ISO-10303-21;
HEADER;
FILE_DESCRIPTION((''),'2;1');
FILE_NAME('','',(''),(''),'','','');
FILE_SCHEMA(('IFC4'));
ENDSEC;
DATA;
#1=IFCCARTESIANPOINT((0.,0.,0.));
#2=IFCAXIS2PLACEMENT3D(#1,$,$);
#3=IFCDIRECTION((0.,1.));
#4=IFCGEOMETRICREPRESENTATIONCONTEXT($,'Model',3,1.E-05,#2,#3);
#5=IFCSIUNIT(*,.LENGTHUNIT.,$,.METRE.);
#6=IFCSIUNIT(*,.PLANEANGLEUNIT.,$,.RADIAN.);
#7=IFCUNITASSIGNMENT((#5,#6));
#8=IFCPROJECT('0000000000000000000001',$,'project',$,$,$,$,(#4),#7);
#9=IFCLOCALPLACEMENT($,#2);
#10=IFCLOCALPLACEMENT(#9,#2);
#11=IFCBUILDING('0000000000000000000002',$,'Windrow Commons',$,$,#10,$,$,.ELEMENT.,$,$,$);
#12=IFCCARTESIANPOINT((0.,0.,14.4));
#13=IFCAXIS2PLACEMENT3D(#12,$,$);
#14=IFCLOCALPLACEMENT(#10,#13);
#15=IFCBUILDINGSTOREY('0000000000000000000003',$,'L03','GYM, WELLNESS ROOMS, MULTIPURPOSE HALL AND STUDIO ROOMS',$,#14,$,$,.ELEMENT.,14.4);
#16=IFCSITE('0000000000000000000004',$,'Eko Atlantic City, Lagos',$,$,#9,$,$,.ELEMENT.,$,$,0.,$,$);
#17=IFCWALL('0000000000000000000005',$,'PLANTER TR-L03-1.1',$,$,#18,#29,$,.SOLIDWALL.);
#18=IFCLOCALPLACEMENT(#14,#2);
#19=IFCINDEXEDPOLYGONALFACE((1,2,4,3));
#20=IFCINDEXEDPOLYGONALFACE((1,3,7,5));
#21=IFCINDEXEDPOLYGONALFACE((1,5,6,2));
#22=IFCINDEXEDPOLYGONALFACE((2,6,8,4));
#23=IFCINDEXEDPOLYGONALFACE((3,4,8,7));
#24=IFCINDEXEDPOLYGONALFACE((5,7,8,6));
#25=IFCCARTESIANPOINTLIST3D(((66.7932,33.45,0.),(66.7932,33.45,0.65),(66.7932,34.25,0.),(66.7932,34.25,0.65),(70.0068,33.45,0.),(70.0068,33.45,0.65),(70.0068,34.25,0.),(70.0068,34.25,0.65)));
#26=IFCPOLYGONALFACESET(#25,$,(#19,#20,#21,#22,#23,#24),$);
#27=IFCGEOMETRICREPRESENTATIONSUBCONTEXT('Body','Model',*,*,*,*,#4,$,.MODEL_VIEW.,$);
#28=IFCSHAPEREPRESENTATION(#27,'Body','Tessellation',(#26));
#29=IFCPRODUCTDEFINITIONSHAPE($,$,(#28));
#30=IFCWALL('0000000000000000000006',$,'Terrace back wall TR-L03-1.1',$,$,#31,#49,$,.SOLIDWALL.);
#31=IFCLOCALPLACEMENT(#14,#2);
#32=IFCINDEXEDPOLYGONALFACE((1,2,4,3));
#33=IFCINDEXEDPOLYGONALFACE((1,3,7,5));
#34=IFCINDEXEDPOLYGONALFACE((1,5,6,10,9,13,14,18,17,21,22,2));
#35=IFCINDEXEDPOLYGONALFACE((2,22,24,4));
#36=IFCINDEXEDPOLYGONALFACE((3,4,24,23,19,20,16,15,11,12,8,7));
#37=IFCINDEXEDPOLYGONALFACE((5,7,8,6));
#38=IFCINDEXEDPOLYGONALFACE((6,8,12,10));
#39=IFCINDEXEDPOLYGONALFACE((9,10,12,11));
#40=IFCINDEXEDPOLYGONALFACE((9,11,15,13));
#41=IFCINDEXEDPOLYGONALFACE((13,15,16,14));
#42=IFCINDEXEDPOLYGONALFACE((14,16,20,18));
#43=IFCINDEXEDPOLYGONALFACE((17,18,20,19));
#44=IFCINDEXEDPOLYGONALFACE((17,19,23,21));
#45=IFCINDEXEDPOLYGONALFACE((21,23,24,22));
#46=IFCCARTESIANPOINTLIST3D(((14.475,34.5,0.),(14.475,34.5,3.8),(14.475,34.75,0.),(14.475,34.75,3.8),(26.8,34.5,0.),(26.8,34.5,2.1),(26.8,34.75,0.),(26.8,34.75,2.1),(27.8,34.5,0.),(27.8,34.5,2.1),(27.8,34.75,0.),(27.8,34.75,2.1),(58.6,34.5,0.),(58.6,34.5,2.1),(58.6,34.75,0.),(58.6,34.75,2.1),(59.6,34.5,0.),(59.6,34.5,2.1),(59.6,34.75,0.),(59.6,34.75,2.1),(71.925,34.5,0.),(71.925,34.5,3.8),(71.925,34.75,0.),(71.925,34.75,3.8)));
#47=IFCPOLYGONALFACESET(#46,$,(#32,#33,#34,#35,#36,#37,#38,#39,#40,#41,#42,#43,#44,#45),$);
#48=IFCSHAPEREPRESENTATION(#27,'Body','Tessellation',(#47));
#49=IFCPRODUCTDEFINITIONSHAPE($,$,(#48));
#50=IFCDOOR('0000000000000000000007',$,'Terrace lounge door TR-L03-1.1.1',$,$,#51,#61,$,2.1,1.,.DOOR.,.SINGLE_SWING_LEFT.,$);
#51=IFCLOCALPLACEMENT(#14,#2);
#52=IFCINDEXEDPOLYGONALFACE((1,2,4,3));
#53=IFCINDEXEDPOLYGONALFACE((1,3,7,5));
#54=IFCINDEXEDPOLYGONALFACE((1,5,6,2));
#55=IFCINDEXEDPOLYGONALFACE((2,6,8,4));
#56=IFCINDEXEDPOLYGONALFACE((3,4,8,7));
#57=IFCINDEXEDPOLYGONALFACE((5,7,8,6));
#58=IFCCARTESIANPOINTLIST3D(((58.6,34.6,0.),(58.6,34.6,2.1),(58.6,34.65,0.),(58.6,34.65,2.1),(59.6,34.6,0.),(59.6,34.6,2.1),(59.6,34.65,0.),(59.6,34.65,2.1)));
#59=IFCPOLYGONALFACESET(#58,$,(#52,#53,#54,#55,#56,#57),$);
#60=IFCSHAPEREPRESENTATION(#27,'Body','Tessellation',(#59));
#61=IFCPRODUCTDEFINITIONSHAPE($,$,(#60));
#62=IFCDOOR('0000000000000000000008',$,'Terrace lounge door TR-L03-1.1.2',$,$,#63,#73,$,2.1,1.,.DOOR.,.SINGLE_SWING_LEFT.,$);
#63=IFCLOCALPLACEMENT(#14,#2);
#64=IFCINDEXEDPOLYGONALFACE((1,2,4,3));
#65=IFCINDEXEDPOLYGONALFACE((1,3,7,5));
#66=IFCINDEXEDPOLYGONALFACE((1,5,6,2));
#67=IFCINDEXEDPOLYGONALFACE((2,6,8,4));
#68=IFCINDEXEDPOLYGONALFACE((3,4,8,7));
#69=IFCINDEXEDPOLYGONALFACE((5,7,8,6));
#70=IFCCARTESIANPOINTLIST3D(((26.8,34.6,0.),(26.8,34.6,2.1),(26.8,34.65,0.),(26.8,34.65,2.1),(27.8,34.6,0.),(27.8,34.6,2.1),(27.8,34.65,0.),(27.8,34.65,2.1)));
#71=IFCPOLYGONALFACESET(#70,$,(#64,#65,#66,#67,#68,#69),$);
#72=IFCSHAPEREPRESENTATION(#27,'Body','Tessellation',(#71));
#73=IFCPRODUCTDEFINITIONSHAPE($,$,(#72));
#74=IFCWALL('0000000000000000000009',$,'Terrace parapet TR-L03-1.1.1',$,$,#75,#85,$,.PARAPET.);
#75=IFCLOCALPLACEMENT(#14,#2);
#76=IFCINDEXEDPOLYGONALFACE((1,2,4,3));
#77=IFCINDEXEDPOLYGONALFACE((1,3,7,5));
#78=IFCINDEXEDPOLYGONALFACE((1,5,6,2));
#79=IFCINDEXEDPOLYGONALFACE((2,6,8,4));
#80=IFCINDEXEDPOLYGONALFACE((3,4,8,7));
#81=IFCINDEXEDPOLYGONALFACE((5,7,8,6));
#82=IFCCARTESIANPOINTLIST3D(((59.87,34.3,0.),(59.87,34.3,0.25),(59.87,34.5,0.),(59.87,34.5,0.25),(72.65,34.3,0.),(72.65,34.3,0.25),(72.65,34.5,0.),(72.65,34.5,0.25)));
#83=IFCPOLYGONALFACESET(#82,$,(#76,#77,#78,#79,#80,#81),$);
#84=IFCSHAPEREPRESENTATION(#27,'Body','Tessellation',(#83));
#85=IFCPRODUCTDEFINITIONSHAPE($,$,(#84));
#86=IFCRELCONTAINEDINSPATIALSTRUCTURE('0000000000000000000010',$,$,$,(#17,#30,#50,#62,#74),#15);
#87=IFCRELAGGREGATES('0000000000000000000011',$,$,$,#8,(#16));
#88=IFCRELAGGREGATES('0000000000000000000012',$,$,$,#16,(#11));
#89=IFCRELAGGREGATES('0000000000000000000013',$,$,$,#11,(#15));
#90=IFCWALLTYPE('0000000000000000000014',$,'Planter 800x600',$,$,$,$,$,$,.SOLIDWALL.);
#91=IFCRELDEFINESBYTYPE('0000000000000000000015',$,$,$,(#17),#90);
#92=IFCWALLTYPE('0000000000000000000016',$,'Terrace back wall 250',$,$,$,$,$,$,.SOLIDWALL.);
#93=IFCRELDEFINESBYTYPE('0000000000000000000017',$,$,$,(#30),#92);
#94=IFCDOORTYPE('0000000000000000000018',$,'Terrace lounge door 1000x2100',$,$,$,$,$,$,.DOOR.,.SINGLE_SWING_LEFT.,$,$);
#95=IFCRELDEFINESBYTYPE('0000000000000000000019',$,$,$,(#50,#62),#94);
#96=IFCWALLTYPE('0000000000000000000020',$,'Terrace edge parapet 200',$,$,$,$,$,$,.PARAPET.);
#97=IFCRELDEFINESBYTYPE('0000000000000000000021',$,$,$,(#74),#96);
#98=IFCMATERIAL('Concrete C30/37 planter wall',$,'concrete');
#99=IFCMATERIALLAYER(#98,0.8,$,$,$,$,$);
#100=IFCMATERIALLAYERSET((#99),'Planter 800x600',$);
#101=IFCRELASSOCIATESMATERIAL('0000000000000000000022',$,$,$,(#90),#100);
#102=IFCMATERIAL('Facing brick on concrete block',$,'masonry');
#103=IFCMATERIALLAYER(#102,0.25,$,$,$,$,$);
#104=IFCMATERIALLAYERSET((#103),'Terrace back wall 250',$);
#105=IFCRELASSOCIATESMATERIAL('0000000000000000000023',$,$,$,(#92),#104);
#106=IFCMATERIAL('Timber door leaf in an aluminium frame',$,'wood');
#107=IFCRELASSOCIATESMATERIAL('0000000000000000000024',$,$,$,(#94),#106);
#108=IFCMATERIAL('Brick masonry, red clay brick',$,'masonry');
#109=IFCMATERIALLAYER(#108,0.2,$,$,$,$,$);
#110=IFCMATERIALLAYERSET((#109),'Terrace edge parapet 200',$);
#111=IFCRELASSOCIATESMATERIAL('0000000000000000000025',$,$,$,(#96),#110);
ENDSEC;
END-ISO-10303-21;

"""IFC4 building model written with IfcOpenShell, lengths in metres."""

from ifc_helpers import new_model, si_unit, direction, frame, frame_2d, origin, place, context, subcontext, project, spatial, polyline, rectangle, outline, extrude, material, layer, layer_set, type_object, element, fill, save


model = new_model("IFC4")

# Units and contexts
model_context = context("Model", 3, precision=1e-05, world=origin(), true_north=direction((0.0, 1.0)))
body_context = subcontext(model_context, "Body", "Model", "MODEL_VIEW")
ifc_project = project(units=[si_unit("LENGTHUNIT", "METRE"), si_unit("PLANEANGLEUNIT", "RADIAN")], contexts=[model_context])

# Site, building, storey
site_placement = place(None, origin())
site = spatial("IfcSite", under=ifc_project, at=site_placement, Name="Eko Atlantic City, Lagos", CompositionType="ELEMENT", RefElevation=0.0)
building_placement = place(site_placement, origin())
building = spatial("IfcBuilding", under=site, at=building_placement, Name="Windrow Commons", CompositionType="ELEMENT")
storey_placement = place(building_placement, frame((0.0, 0.0, 14.4)))
storey = spatial("IfcBuildingStorey", under=building, at=storey_placement, Name="L03", Description="GYM, WELLNESS ROOMS, MULTIPURPOSE HALL AND STUDIO ROOMS", CompositionType="ELEMENT", Elevation=14.4)

# Wall
ifc_material_1 = material(Name="Concrete C30/37 planter wall", Category="concrete")
ifc_layer_1 = layer(ifc_material_1, 0.8)
ifc_layer_set_1 = layer_set([ifc_layer_1], Name="Planter 800x600")
wall_type_1 = type_object("IfcWallType", Name="Planter 800x600", PredefinedType="SOLIDWALL", material=ifc_layer_set_1)
wall_1_placement = place(storey_placement, frame((70.0068, 33.85, 0.0), z_axis=(0.0, 0.0, 1.0), x_axis=(-1.0, 0.0, 0.0)))
element("IfcWall", 1, at=wall_1_placement, inside=storey, type_object=wall_type_1, Name="PLANTER TR-L03-1.1", PredefinedType="SOLIDWALL", context=body_context, shape_type="SweptSolid", body=[
    extrude(outline(polyline([(0.0, -0.4), (3.2136, -0.4), (3.2136, 0.4), (0.0, 0.4), (0.0, -0.4)])), origin(), (0.0, 0.0, 1.0), 0.65),
])

# Wall, openings, doors
ifc_material_2 = material(Name="Facing brick on concrete block", Category="masonry")
ifc_layer_2 = layer(ifc_material_2, 0.25)
ifc_layer_set_2 = layer_set([ifc_layer_2], Name="Terrace back wall 250")
wall_type_2 = type_object("IfcWallType", Name="Terrace back wall 250", PredefinedType="SOLIDWALL", material=ifc_layer_set_2)
wall_2_placement = place(storey_placement, frame((71.925, 34.625, 0.0), z_axis=(0.0, 0.0, 1.0), x_axis=(-1.0, 0.0, 0.0)))
wall_2 = element("IfcWall", 2, at=wall_2_placement, inside=storey, type_object=wall_type_2, Name="Terrace back wall TR-L03-1.1", PredefinedType="SOLIDWALL", context=body_context, shape_type="SweptSolid", body=[
    extrude(rectangle(XDim=57.45, YDim=0.25, at=frame_2d((28.725, 0.0))), origin(), (0.0, 0.0, 1.0), 3.8),
])
opening_1_placement = place(wall_2_placement, frame((12.325, 0.0, 0.0)))
opening_1 = element("IfcOpeningElement", 3, at=opening_1_placement, cuts=wall_2, PredefinedType="OPENING", context=body_context, shape_type="SweptSolid", body=[
    extrude(rectangle(XDim=1.0, YDim=2.1, at=frame_2d((0.5, 1.05))), frame((0.0, 0.135, 0.0), z_axis=(0.0, -1.0, 0.0), x_axis=(1.0, 0.0, 0.0)), (0.0, 0.0, 1.0), 0.27),
])
opening_2_placement = place(wall_2_placement, frame((44.125, 0.0, 0.0)))
opening_2 = element("IfcOpeningElement", 4, at=opening_2_placement, cuts=wall_2, PredefinedType="OPENING", context=body_context, shape_type="SweptSolid", body=[
    extrude(rectangle(XDim=1.0, YDim=2.1, at=frame_2d((0.5, 1.05))), frame((0.0, 0.135, 0.0), z_axis=(0.0, -1.0, 0.0), x_axis=(1.0, 0.0, 0.0)), (0.0, 0.0, 1.0), 0.27),
])
ifc_material_3 = material(Name="Timber door leaf in an aluminium frame", Category="wood")
door_type = type_object("IfcDoorType", Name="Terrace lounge door 1000x2100", OperationType="SINGLE_SWING_LEFT", PredefinedType="DOOR", material=ifc_material_3)
door_1_placement = place(opening_1_placement, origin())
door_1 = element("IfcDoor", 5, at=door_1_placement, inside=storey, type_object=door_type, Name="Terrace lounge door TR-L03-1.1.1", OperationType="SINGLE_SWING_LEFT", OverallHeight=2.1, OverallWidth=1.0, PredefinedType="DOOR", context=body_context, shape_type="SweptSolid", body=[
    extrude(rectangle(XDim=1.0, YDim=2.1, at=frame_2d((0.5, 1.05))), frame((0.0, 0.025, 0.0), z_axis=(0.0, -1.0, 0.0), x_axis=(1.0, 0.0, 0.0)), (0.0, 0.0, 1.0), 0.05),
])
fill(opening_1, door_1)
door_2_placement = place(opening_2_placement, origin())
door_2 = element("IfcDoor", 6, at=door_2_placement, inside=storey, type_object=door_type, Name="Terrace lounge door TR-L03-1.1.2", OperationType="SINGLE_SWING_LEFT", OverallHeight=2.1, OverallWidth=1.0, PredefinedType="DOOR", context=body_context, shape_type="SweptSolid", body=[
    extrude(rectangle(XDim=1.0, YDim=2.1, at=frame_2d((0.5, 1.05))), frame((0.0, 0.025, 0.0), z_axis=(0.0, -1.0, 0.0), x_axis=(1.0, 0.0, 0.0)), (0.0, 0.0, 1.0), 0.05),
])
fill(opening_2, door_2)

# Wall
ifc_material_4 = material(Name="Brick masonry, red clay brick", Category="masonry")
ifc_layer_3 = layer(ifc_material_4, 0.2)
ifc_layer_set_3 = layer_set([ifc_layer_3], Name="Terrace edge parapet 200")
wall_type_3 = type_object("IfcWallType", Name="Terrace edge parapet 200", PredefinedType="PARAPET", material=ifc_layer_set_3)
wall_3_placement = place(storey_placement, frame((72.65, 34.4, 0.0), z_axis=(0.0, 0.0, 1.0), x_axis=(-1.0, 0.0, 0.0)))
element("IfcWall", 7, at=wall_3_placement, inside=storey, type_object=wall_type_3, Name="Terrace parapet TR-L03-1.1.1", PredefinedType="PARAPET", context=body_context, shape_type="SweptSolid", body=[
    extrude(outline(polyline([(0.0, -0.1), (12.78, -0.1), (12.78, 0.1), (0.0, 0.1), (0.0, -0.1)])), origin(), (0.0, 0.0, 1.0), 0.25),
])

save(model, "model.ifc")
